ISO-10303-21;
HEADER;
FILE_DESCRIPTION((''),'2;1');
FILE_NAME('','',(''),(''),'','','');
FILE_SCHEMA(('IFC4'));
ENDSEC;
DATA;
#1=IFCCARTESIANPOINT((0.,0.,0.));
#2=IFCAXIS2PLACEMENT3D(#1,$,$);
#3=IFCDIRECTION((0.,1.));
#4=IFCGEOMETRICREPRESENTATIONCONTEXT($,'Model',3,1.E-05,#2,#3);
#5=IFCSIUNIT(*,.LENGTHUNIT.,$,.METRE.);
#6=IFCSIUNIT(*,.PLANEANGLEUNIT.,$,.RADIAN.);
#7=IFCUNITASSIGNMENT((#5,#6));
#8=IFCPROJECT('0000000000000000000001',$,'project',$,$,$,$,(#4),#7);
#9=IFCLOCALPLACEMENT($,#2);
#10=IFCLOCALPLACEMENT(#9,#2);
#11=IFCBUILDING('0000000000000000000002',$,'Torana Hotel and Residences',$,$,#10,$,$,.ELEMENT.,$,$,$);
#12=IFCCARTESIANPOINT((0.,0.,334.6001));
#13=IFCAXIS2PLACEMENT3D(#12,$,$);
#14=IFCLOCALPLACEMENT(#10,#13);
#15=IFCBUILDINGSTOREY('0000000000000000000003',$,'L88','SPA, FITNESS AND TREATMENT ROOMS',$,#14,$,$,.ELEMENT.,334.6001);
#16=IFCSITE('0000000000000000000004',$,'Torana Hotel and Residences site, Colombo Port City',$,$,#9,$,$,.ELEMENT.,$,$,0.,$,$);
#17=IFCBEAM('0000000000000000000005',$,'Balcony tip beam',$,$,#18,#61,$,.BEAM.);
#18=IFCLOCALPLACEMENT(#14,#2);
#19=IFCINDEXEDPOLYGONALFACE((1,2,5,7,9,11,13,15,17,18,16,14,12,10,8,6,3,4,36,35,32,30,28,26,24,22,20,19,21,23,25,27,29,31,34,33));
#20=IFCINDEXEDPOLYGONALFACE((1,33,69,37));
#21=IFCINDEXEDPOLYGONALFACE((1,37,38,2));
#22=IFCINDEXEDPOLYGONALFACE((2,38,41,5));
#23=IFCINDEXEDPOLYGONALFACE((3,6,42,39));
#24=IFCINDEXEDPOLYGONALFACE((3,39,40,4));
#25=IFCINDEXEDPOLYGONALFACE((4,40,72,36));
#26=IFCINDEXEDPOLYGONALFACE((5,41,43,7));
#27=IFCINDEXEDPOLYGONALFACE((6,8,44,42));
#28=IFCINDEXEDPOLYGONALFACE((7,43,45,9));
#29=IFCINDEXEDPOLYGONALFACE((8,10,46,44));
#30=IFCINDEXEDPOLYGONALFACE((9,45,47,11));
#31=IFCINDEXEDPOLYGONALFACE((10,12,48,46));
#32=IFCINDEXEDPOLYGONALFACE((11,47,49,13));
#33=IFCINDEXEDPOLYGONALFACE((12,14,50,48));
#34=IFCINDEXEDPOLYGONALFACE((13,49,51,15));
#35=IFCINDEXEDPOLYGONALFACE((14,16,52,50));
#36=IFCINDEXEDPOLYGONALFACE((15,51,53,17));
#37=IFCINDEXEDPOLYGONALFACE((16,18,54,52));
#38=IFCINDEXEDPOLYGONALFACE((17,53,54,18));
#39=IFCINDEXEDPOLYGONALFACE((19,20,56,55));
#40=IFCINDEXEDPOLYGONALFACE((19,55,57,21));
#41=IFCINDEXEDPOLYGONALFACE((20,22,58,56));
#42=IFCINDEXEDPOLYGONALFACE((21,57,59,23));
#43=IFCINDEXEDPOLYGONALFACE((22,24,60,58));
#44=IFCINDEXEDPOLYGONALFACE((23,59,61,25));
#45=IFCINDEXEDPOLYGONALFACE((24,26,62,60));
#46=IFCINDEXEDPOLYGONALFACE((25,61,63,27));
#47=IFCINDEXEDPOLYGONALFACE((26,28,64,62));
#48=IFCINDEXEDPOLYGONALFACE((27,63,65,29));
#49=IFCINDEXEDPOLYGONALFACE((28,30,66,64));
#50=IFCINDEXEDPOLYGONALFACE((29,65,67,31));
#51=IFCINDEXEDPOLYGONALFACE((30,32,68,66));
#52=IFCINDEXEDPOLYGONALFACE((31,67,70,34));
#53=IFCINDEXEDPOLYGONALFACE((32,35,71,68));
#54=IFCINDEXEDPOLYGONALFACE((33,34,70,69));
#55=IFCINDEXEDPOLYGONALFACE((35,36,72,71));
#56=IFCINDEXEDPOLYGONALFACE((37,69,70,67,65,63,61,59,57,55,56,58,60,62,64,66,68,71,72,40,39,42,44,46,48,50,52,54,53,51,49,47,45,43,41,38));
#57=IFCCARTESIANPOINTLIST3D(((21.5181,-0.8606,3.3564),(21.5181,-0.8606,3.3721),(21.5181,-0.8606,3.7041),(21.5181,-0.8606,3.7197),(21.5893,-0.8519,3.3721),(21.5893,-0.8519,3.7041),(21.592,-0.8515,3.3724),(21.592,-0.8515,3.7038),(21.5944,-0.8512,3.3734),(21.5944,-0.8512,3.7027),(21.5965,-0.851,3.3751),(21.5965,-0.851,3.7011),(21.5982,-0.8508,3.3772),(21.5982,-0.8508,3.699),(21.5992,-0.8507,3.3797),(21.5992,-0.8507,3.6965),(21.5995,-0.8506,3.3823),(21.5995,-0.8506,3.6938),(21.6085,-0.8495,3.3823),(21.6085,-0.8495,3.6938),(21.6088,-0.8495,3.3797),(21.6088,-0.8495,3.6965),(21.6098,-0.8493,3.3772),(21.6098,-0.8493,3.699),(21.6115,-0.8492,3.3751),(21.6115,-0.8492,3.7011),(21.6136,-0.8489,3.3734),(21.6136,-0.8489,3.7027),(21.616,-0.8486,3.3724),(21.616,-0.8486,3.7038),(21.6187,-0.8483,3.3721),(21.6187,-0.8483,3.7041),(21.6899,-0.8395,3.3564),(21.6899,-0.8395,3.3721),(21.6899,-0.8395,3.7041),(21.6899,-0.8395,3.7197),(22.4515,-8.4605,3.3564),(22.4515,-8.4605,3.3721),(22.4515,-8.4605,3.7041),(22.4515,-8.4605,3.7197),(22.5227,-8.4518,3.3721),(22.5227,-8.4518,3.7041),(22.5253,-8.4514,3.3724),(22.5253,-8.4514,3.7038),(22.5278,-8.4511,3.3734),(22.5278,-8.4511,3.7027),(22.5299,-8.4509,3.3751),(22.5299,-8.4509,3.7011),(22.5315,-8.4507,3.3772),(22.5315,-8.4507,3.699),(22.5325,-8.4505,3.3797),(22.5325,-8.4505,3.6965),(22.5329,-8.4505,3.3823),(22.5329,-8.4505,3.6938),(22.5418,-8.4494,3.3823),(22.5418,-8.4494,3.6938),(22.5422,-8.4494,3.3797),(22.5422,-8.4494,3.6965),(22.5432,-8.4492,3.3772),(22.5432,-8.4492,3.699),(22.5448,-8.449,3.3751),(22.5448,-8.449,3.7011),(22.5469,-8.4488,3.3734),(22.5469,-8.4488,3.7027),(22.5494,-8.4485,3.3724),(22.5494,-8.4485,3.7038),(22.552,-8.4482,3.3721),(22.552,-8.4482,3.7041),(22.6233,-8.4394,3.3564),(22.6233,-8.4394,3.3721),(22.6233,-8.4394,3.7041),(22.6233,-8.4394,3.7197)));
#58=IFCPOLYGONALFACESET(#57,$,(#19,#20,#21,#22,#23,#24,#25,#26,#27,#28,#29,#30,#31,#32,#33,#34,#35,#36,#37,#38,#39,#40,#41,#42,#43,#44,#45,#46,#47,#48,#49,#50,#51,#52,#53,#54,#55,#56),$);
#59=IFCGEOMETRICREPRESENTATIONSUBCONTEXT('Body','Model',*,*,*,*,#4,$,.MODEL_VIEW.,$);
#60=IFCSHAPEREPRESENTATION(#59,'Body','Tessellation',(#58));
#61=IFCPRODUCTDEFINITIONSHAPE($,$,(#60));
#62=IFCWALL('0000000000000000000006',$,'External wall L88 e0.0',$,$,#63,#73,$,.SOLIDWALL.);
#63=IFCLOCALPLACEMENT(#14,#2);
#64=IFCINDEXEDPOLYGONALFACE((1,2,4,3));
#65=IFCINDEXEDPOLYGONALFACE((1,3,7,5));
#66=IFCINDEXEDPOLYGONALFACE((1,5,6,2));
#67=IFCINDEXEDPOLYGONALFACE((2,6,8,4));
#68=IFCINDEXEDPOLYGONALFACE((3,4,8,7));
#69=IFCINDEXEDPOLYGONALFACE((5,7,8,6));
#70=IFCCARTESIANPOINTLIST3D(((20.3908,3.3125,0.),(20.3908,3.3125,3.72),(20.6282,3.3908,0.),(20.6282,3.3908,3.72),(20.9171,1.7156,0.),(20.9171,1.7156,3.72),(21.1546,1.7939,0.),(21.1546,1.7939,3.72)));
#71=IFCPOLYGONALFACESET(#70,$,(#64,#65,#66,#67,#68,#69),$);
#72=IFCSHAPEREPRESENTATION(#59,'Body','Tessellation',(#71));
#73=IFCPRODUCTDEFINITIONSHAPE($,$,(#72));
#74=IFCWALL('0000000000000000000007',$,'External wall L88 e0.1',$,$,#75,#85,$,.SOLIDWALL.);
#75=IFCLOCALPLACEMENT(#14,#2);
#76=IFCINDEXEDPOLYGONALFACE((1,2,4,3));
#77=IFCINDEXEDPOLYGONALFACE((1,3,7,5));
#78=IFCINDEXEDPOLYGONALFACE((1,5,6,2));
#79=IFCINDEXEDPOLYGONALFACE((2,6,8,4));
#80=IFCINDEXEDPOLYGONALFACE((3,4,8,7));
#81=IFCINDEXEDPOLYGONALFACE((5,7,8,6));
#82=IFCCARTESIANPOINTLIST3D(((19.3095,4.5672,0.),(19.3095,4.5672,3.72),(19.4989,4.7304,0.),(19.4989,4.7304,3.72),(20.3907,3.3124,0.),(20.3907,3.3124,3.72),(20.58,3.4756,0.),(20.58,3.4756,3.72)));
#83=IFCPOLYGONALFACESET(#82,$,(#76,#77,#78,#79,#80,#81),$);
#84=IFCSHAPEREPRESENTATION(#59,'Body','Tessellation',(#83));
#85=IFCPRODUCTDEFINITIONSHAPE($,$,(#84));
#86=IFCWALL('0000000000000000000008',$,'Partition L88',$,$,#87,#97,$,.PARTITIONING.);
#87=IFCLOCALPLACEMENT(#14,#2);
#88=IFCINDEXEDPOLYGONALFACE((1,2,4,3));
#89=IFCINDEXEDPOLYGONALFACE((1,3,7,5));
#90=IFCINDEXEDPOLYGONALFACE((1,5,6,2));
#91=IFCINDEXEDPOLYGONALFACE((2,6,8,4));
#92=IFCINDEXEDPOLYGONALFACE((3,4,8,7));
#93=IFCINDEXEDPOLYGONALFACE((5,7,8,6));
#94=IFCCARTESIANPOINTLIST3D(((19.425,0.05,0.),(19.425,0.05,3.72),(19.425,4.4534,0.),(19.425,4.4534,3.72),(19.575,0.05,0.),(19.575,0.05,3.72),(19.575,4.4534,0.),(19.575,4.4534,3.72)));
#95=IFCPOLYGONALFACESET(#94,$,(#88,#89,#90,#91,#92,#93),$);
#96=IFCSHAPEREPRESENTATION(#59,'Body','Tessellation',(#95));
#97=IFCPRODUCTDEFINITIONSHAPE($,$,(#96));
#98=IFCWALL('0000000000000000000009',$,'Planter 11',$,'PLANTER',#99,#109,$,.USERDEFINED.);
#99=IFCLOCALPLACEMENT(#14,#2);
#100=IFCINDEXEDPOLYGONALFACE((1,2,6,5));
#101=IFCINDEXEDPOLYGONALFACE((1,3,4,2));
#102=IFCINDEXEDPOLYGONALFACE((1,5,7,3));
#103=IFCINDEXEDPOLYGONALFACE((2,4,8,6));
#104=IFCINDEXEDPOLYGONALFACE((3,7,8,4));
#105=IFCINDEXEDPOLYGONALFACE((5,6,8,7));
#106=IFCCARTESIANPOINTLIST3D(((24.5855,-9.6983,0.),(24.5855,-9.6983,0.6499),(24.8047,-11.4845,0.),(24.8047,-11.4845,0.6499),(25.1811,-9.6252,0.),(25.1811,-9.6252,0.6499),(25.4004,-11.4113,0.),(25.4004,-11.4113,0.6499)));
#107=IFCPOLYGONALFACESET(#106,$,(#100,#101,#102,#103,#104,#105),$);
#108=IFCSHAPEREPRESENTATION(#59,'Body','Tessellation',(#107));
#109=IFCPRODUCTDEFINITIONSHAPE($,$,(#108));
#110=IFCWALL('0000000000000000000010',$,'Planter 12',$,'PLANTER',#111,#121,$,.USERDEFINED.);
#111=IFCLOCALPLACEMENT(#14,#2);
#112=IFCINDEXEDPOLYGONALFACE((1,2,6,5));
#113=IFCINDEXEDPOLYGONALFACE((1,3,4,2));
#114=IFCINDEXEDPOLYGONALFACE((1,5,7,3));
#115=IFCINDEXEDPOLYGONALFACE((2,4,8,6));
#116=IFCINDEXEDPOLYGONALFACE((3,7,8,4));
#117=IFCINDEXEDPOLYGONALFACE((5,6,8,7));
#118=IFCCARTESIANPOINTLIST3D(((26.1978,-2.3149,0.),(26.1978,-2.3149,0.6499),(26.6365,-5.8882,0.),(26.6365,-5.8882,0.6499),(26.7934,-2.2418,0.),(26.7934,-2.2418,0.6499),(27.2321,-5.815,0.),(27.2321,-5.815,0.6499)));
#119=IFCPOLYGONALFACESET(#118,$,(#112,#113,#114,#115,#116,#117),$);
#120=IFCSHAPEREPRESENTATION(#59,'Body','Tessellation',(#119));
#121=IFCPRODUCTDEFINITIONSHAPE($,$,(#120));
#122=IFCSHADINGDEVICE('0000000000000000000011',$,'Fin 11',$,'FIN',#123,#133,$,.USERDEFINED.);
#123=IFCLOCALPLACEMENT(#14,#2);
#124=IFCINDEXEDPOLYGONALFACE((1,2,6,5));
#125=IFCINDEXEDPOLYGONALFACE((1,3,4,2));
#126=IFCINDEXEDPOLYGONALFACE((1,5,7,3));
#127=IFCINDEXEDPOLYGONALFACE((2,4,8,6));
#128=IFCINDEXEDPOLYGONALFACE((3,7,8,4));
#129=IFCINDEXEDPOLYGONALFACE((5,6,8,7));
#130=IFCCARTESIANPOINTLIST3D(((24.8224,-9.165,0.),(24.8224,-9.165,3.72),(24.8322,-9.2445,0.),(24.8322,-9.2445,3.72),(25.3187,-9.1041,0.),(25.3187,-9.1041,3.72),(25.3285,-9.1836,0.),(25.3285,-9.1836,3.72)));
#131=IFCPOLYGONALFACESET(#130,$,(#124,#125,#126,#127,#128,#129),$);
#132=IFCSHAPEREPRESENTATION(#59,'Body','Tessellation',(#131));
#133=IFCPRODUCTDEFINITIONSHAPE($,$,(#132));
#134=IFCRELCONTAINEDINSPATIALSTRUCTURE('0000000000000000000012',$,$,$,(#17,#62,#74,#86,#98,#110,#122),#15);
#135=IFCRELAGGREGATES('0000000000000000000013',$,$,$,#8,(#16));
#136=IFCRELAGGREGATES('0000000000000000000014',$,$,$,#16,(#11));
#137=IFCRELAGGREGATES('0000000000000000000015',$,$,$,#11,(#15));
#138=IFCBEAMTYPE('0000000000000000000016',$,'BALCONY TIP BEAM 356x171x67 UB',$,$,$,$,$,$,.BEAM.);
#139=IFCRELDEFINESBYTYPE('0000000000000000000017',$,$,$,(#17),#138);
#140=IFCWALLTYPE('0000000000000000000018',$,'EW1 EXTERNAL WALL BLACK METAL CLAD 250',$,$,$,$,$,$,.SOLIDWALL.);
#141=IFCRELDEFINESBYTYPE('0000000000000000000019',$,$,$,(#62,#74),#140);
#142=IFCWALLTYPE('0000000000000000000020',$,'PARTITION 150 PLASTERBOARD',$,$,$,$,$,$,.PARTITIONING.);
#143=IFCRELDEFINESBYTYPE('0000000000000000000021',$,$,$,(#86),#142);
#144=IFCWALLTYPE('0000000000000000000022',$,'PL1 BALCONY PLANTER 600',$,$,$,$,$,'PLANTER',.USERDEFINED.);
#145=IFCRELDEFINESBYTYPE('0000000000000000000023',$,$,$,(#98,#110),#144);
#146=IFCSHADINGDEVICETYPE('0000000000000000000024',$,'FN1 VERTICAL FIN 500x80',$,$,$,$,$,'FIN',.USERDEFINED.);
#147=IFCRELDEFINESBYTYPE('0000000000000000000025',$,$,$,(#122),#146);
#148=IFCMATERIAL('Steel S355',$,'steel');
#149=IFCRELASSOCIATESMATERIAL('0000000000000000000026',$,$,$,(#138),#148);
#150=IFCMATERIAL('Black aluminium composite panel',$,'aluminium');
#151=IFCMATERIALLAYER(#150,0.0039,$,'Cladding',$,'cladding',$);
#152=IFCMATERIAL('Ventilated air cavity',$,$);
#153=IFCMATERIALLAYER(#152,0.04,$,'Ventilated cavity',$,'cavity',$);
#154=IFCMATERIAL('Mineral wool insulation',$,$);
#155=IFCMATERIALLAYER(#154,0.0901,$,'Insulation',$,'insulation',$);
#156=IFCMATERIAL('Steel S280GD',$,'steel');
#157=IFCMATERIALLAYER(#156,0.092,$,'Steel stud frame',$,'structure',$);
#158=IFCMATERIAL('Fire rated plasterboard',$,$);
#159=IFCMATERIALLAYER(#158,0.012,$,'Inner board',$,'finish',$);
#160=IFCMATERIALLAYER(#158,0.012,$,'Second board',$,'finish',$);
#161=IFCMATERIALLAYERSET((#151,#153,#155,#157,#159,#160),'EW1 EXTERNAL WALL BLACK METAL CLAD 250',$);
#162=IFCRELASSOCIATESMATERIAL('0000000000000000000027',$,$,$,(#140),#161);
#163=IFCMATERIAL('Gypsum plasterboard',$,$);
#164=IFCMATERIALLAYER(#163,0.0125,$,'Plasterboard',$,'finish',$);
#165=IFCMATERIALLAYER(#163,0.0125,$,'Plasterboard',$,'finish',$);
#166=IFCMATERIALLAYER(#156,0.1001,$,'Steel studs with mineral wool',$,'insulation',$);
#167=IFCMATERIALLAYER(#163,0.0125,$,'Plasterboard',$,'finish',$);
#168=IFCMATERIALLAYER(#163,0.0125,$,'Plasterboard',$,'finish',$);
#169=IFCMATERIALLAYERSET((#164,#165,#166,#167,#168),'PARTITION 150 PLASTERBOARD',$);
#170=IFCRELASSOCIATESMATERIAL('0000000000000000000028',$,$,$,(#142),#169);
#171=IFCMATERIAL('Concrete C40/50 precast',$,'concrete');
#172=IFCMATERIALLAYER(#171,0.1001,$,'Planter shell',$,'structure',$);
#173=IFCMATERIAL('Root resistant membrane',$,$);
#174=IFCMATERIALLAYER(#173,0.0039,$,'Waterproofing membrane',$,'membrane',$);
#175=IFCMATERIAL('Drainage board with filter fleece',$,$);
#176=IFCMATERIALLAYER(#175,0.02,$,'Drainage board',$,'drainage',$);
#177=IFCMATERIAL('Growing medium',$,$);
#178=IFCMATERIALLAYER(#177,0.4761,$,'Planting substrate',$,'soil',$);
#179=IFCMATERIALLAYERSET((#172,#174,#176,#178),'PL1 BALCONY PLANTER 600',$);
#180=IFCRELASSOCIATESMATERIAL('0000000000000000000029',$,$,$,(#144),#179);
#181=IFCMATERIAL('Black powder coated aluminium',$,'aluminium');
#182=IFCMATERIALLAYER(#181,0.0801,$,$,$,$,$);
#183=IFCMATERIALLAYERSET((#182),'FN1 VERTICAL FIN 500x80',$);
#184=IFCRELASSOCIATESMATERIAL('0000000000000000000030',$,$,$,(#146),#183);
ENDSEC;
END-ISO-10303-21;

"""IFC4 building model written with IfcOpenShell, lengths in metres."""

from ifc_helpers import new_model, si_unit, direction, frame, frame_2d, origin, origin_2d, place, context, subcontext, project, spatial, rectangle, i_section, extrude, material, layer, layer_set, material_profile, profile_set, type_object, element, save


model = new_model("IFC4")

# Units and contexts
model_context = context("Model", 3, precision=1e-05, world=origin(), true_north=direction((0.0, 1.0)))
body_context = subcontext(model_context, "Body", "Model", "MODEL_VIEW")
ifc_project = project(units=[si_unit("LENGTHUNIT", "METRE"), si_unit("PLANEANGLEUNIT", "RADIAN")], contexts=[model_context])

# Site, building, storey
site_placement = place(None, origin())
site = spatial("IfcSite", under=ifc_project, at=site_placement, Name="Torana Hotel and Residences site, Colombo Port City", CompositionType="ELEMENT", RefElevation=0.0)
building_placement = place(site_placement, origin())
building = spatial("IfcBuilding", under=site, at=building_placement, Name="Torana Hotel and Residences", CompositionType="ELEMENT")
storey_placement = place(building_placement, frame((0.0, 0.0, 334.6001)))
storey = spatial("IfcBuildingStorey", under=building, at=storey_placement, Name="L88", Description="SPA, FITNESS AND TREATMENT ROOMS", CompositionType="ELEMENT", Elevation=334.6001)

# Beam
ifc_material_1 = material(Name="Steel S355", Category="steel")
ifc_material_profile_1 = material_profile(ifc_material_1, i_section(OverallWidth=0.1731, OverallDepth=0.3633, WebThickness=0.009, FlangeThickness=0.0156, FilletRadius=0.0103, at=origin_2d()), Name="356x171x67 UB")
ifc_profile_set_1 = profile_set([ifc_material_profile_1], Name="Steel S355")
beam_type_1 = type_object("IfcBeamType", Name="BALCONY TIP BEAM 356x171x67 UB", PredefinedType="BEAM", material=ifc_profile_set_1)
beam_1_placement = place(storey_placement, frame((22.5374, -8.45, 3.5381), z_axis=(-0.121896, 0.992543, 0.0), x_axis=(-0.992543, -0.121896, 0.0)))
element("IfcBeam", 1, at=beam_1_placement, inside=storey, type_object=beam_type_1, Name="Balcony tip beam", PredefinedType="BEAM", context=body_context, shape_type="SweptSolid", body=[
    extrude(i_section(OverallWidth=0.1731, OverallDepth=0.3633, WebThickness=0.009, FlangeThickness=0.0156, FilletRadius=0.0103, at=origin_2d()), origin(), (0.0, 0.0, 1.0), 7.657),
])

# Walls
ifc_material_2 = material(Name="Black aluminium composite panel", Category="aluminium")
ifc_layer_1 = layer(ifc_material_2, 0.0039, Name="Cladding", Category="cladding")
ifc_material_3 = material(Name="Ventilated air cavity")
ifc_layer_2 = layer(ifc_material_3, 0.04, Name="Ventilated cavity", Category="cavity")
ifc_material_4 = material(Name="Mineral wool insulation")
ifc_layer_3 = layer(ifc_material_4, 0.0901, Name="Insulation", Category="insulation")
ifc_material_5 = material(Name="Steel S280GD", Category="steel")
ifc_layer_4 = layer(ifc_material_5, 0.092, Name="Steel stud frame", Category="structure")
ifc_material_6 = material(Name="Fire rated plasterboard")
ifc_layer_5 = layer(ifc_material_6, 0.012, Name="Inner board", Category="finish")
ifc_layer_6 = layer(ifc_material_6, 0.012, Name="Second board", Category="finish")
ifc_layer_set_1 = layer_set([ifc_layer_1, ifc_layer_2, ifc_layer_3, ifc_layer_4, ifc_layer_5, ifc_layer_6], Name="EW1 EXTERNAL WALL BLACK METAL CLAD 250")
wall_type_1 = type_object("IfcWallType", Name="EW1 EXTERNAL WALL BLACK METAL CLAD 250", PredefinedType="SOLIDWALL", material=ifc_layer_set_1)
wall_1_placement = place(storey_placement, frame((21.0359, 1.7546, 0.0), z_axis=(0.0, 0.0, 1.0), x_axis=(-0.313046, 0.949738, 0.0)))
element("IfcWall", 2, at=wall_1_placement, inside=storey, type_object=wall_type_1, Name="External wall L88 e0.0", PredefinedType="SOLIDWALL", context=body_context, shape_type="SweptSolid", body=[
    extrude(rectangle(XDim=1.6814, YDim=0.25, at=frame_2d((0.8408, 0.0))), origin(), (0.0, 0.0, 1.0), 3.72),
])
wall_2_placement = place(storey_placement, frame((20.4854, 3.394, 0.0), z_axis=(0.0, 0.0, 1.0), x_axis=(-0.652756, 0.757568, 0.0)))
element("IfcWall", 3, at=wall_2_placement, inside=storey, type_object=wall_type_1, Name="External wall L88 e0.1", PredefinedType="SOLIDWALL", context=body_context, shape_type="SweptSolid", body=[
    extrude(rectangle(XDim=1.6562, YDim=0.25, at=frame_2d((0.8281, 0.0))), origin(), (0.0, 0.0, 1.0), 3.72),
])
ifc_material_7 = material(Name="Gypsum plasterboard")
ifc_layer_7 = layer(ifc_material_7, 0.0125, Name="Plasterboard", Category="finish")
ifc_layer_8 = layer(ifc_material_7, 0.0125, Name="Plasterboard", Category="finish")
ifc_layer_9 = layer(ifc_material_5, 0.1001, Name="Steel studs with mineral wool", Category="insulation")
ifc_layer_10 = layer(ifc_material_7, 0.0125, Name="Plasterboard", Category="finish")
ifc_layer_11 = layer(ifc_material_7, 0.0125, Name="Plasterboard", Category="finish")
ifc_layer_set_2 = layer_set([ifc_layer_7, ifc_layer_8, ifc_layer_9, ifc_layer_10, ifc_layer_11], Name="PARTITION 150 PLASTERBOARD")
wall_type_2 = type_object("IfcWallType", Name="PARTITION 150 PLASTERBOARD", PredefinedType="PARTITIONING", material=ifc_layer_set_2)
wall_3_placement = place(storey_placement, frame((19.5, 0.05, 0.0), z_axis=(0.0, 0.0, 1.0), x_axis=(0.0, 1.0, 0.0)))
element("IfcWall", 4, at=wall_3_placement, inside=storey, type_object=wall_type_2, Name="Partition L88", PredefinedType="PARTITIONING", context=body_context, shape_type="SweptSolid", body=[
    extrude(rectangle(XDim=4.4033, YDim=0.1499, at=frame_2d((2.2017, 0.0))), origin(), (0.0, 0.0, 1.0), 3.72),
])
ifc_material_8 = material(Name="Concrete C40/50 precast", Category="concrete")
ifc_layer_12 = layer(ifc_material_8, 0.1001, Name="Planter shell", Category="structure")
ifc_material_9 = material(Name="Root resistant membrane")
ifc_layer_13 = layer(ifc_material_9, 0.0039, Name="Waterproofing membrane", Category="membrane")
ifc_material_10 = material(Name="Drainage board with filter fleece")
ifc_layer_14 = layer(ifc_material_10, 0.02, Name="Drainage board", Category="drainage")
ifc_material_11 = material(Name="Growing medium")
ifc_layer_15 = layer(ifc_material_11, 0.4761, Name="Planting substrate", Category="soil")
ifc_layer_set_3 = layer_set([ifc_layer_12, ifc_layer_13, ifc_layer_14, ifc_layer_15], Name="PL1 BALCONY PLANTER 600")
wall_type_3 = type_object("IfcWallType", Name="PL1 BALCONY PLANTER 600", ElementType="PLANTER", PredefinedType="USERDEFINED", material=ifc_layer_set_3)
wall_4_placement = place(storey_placement, frame((24.8833, -9.6616, 0.0), z_axis=(0.0, 0.0, 1.0), x_axis=(0.12183, -0.992551, 0.0)))
element("IfcWall", 5, at=wall_4_placement, inside=storey, type_object=wall_type_3, Name="Planter 11", ObjectType="PLANTER", PredefinedType="USERDEFINED", context=body_context, shape_type="SweptSolid", body=[
    extrude(rectangle(XDim=1.7996, YDim=0.6001, at=frame_2d((0.8999, 0.0))), origin(), (0.0, 0.0, 1.0), 0.6499),
])
wall_5_placement = place(storey_placement, frame((26.4956, -2.2783, 0.0), z_axis=(0.0, 0.0, 1.0), x_axis=(0.121864, -0.992547, 0.0)))
element("IfcWall", 6, at=wall_5_placement, inside=storey, type_object=wall_type_3, Name="Planter 12", ObjectType="PLANTER", PredefinedType="USERDEFINED", context=body_context, shape_type="SweptSolid", body=[
    extrude(rectangle(XDim=3.6001, YDim=0.6001, at=frame_2d((1.8, 0.0))), origin(), (0.0, 0.0, 1.0), 0.6499),
])

# Shading device
ifc_material_12 = material(Name="Black powder coated aluminium", Category="aluminium")
ifc_layer_16 = layer(ifc_material_12, 0.0801)
ifc_layer_set_4 = layer_set([ifc_layer_16], Name="FN1 VERTICAL FIN 500x80")
shading_device_type = type_object("IfcShadingDeviceType", Name="FN1 VERTICAL FIN 500x80", ElementType="FIN", PredefinedType="USERDEFINED", material=ifc_layer_set_4)
shading_device_placement = place(storey_placement, frame((25.0754, -9.1743, 0.0), z_axis=(0.0, 0.0, 1.0), x_axis=(0.121868, -0.992546, 0.0)))
element("IfcShadingDevice", 7, at=shading_device_placement, inside=storey, type_object=shading_device_type, Name="Fin 11", ObjectType="FIN", PredefinedType="USERDEFINED", context=body_context, shape_type="SweptSolid", body=[
    extrude(rectangle(XDim=0.0801, YDim=0.5, at=origin_2d()), origin(), (0.0, 0.0, 1.0), 3.72),
])

save(model, "model.ifc")
